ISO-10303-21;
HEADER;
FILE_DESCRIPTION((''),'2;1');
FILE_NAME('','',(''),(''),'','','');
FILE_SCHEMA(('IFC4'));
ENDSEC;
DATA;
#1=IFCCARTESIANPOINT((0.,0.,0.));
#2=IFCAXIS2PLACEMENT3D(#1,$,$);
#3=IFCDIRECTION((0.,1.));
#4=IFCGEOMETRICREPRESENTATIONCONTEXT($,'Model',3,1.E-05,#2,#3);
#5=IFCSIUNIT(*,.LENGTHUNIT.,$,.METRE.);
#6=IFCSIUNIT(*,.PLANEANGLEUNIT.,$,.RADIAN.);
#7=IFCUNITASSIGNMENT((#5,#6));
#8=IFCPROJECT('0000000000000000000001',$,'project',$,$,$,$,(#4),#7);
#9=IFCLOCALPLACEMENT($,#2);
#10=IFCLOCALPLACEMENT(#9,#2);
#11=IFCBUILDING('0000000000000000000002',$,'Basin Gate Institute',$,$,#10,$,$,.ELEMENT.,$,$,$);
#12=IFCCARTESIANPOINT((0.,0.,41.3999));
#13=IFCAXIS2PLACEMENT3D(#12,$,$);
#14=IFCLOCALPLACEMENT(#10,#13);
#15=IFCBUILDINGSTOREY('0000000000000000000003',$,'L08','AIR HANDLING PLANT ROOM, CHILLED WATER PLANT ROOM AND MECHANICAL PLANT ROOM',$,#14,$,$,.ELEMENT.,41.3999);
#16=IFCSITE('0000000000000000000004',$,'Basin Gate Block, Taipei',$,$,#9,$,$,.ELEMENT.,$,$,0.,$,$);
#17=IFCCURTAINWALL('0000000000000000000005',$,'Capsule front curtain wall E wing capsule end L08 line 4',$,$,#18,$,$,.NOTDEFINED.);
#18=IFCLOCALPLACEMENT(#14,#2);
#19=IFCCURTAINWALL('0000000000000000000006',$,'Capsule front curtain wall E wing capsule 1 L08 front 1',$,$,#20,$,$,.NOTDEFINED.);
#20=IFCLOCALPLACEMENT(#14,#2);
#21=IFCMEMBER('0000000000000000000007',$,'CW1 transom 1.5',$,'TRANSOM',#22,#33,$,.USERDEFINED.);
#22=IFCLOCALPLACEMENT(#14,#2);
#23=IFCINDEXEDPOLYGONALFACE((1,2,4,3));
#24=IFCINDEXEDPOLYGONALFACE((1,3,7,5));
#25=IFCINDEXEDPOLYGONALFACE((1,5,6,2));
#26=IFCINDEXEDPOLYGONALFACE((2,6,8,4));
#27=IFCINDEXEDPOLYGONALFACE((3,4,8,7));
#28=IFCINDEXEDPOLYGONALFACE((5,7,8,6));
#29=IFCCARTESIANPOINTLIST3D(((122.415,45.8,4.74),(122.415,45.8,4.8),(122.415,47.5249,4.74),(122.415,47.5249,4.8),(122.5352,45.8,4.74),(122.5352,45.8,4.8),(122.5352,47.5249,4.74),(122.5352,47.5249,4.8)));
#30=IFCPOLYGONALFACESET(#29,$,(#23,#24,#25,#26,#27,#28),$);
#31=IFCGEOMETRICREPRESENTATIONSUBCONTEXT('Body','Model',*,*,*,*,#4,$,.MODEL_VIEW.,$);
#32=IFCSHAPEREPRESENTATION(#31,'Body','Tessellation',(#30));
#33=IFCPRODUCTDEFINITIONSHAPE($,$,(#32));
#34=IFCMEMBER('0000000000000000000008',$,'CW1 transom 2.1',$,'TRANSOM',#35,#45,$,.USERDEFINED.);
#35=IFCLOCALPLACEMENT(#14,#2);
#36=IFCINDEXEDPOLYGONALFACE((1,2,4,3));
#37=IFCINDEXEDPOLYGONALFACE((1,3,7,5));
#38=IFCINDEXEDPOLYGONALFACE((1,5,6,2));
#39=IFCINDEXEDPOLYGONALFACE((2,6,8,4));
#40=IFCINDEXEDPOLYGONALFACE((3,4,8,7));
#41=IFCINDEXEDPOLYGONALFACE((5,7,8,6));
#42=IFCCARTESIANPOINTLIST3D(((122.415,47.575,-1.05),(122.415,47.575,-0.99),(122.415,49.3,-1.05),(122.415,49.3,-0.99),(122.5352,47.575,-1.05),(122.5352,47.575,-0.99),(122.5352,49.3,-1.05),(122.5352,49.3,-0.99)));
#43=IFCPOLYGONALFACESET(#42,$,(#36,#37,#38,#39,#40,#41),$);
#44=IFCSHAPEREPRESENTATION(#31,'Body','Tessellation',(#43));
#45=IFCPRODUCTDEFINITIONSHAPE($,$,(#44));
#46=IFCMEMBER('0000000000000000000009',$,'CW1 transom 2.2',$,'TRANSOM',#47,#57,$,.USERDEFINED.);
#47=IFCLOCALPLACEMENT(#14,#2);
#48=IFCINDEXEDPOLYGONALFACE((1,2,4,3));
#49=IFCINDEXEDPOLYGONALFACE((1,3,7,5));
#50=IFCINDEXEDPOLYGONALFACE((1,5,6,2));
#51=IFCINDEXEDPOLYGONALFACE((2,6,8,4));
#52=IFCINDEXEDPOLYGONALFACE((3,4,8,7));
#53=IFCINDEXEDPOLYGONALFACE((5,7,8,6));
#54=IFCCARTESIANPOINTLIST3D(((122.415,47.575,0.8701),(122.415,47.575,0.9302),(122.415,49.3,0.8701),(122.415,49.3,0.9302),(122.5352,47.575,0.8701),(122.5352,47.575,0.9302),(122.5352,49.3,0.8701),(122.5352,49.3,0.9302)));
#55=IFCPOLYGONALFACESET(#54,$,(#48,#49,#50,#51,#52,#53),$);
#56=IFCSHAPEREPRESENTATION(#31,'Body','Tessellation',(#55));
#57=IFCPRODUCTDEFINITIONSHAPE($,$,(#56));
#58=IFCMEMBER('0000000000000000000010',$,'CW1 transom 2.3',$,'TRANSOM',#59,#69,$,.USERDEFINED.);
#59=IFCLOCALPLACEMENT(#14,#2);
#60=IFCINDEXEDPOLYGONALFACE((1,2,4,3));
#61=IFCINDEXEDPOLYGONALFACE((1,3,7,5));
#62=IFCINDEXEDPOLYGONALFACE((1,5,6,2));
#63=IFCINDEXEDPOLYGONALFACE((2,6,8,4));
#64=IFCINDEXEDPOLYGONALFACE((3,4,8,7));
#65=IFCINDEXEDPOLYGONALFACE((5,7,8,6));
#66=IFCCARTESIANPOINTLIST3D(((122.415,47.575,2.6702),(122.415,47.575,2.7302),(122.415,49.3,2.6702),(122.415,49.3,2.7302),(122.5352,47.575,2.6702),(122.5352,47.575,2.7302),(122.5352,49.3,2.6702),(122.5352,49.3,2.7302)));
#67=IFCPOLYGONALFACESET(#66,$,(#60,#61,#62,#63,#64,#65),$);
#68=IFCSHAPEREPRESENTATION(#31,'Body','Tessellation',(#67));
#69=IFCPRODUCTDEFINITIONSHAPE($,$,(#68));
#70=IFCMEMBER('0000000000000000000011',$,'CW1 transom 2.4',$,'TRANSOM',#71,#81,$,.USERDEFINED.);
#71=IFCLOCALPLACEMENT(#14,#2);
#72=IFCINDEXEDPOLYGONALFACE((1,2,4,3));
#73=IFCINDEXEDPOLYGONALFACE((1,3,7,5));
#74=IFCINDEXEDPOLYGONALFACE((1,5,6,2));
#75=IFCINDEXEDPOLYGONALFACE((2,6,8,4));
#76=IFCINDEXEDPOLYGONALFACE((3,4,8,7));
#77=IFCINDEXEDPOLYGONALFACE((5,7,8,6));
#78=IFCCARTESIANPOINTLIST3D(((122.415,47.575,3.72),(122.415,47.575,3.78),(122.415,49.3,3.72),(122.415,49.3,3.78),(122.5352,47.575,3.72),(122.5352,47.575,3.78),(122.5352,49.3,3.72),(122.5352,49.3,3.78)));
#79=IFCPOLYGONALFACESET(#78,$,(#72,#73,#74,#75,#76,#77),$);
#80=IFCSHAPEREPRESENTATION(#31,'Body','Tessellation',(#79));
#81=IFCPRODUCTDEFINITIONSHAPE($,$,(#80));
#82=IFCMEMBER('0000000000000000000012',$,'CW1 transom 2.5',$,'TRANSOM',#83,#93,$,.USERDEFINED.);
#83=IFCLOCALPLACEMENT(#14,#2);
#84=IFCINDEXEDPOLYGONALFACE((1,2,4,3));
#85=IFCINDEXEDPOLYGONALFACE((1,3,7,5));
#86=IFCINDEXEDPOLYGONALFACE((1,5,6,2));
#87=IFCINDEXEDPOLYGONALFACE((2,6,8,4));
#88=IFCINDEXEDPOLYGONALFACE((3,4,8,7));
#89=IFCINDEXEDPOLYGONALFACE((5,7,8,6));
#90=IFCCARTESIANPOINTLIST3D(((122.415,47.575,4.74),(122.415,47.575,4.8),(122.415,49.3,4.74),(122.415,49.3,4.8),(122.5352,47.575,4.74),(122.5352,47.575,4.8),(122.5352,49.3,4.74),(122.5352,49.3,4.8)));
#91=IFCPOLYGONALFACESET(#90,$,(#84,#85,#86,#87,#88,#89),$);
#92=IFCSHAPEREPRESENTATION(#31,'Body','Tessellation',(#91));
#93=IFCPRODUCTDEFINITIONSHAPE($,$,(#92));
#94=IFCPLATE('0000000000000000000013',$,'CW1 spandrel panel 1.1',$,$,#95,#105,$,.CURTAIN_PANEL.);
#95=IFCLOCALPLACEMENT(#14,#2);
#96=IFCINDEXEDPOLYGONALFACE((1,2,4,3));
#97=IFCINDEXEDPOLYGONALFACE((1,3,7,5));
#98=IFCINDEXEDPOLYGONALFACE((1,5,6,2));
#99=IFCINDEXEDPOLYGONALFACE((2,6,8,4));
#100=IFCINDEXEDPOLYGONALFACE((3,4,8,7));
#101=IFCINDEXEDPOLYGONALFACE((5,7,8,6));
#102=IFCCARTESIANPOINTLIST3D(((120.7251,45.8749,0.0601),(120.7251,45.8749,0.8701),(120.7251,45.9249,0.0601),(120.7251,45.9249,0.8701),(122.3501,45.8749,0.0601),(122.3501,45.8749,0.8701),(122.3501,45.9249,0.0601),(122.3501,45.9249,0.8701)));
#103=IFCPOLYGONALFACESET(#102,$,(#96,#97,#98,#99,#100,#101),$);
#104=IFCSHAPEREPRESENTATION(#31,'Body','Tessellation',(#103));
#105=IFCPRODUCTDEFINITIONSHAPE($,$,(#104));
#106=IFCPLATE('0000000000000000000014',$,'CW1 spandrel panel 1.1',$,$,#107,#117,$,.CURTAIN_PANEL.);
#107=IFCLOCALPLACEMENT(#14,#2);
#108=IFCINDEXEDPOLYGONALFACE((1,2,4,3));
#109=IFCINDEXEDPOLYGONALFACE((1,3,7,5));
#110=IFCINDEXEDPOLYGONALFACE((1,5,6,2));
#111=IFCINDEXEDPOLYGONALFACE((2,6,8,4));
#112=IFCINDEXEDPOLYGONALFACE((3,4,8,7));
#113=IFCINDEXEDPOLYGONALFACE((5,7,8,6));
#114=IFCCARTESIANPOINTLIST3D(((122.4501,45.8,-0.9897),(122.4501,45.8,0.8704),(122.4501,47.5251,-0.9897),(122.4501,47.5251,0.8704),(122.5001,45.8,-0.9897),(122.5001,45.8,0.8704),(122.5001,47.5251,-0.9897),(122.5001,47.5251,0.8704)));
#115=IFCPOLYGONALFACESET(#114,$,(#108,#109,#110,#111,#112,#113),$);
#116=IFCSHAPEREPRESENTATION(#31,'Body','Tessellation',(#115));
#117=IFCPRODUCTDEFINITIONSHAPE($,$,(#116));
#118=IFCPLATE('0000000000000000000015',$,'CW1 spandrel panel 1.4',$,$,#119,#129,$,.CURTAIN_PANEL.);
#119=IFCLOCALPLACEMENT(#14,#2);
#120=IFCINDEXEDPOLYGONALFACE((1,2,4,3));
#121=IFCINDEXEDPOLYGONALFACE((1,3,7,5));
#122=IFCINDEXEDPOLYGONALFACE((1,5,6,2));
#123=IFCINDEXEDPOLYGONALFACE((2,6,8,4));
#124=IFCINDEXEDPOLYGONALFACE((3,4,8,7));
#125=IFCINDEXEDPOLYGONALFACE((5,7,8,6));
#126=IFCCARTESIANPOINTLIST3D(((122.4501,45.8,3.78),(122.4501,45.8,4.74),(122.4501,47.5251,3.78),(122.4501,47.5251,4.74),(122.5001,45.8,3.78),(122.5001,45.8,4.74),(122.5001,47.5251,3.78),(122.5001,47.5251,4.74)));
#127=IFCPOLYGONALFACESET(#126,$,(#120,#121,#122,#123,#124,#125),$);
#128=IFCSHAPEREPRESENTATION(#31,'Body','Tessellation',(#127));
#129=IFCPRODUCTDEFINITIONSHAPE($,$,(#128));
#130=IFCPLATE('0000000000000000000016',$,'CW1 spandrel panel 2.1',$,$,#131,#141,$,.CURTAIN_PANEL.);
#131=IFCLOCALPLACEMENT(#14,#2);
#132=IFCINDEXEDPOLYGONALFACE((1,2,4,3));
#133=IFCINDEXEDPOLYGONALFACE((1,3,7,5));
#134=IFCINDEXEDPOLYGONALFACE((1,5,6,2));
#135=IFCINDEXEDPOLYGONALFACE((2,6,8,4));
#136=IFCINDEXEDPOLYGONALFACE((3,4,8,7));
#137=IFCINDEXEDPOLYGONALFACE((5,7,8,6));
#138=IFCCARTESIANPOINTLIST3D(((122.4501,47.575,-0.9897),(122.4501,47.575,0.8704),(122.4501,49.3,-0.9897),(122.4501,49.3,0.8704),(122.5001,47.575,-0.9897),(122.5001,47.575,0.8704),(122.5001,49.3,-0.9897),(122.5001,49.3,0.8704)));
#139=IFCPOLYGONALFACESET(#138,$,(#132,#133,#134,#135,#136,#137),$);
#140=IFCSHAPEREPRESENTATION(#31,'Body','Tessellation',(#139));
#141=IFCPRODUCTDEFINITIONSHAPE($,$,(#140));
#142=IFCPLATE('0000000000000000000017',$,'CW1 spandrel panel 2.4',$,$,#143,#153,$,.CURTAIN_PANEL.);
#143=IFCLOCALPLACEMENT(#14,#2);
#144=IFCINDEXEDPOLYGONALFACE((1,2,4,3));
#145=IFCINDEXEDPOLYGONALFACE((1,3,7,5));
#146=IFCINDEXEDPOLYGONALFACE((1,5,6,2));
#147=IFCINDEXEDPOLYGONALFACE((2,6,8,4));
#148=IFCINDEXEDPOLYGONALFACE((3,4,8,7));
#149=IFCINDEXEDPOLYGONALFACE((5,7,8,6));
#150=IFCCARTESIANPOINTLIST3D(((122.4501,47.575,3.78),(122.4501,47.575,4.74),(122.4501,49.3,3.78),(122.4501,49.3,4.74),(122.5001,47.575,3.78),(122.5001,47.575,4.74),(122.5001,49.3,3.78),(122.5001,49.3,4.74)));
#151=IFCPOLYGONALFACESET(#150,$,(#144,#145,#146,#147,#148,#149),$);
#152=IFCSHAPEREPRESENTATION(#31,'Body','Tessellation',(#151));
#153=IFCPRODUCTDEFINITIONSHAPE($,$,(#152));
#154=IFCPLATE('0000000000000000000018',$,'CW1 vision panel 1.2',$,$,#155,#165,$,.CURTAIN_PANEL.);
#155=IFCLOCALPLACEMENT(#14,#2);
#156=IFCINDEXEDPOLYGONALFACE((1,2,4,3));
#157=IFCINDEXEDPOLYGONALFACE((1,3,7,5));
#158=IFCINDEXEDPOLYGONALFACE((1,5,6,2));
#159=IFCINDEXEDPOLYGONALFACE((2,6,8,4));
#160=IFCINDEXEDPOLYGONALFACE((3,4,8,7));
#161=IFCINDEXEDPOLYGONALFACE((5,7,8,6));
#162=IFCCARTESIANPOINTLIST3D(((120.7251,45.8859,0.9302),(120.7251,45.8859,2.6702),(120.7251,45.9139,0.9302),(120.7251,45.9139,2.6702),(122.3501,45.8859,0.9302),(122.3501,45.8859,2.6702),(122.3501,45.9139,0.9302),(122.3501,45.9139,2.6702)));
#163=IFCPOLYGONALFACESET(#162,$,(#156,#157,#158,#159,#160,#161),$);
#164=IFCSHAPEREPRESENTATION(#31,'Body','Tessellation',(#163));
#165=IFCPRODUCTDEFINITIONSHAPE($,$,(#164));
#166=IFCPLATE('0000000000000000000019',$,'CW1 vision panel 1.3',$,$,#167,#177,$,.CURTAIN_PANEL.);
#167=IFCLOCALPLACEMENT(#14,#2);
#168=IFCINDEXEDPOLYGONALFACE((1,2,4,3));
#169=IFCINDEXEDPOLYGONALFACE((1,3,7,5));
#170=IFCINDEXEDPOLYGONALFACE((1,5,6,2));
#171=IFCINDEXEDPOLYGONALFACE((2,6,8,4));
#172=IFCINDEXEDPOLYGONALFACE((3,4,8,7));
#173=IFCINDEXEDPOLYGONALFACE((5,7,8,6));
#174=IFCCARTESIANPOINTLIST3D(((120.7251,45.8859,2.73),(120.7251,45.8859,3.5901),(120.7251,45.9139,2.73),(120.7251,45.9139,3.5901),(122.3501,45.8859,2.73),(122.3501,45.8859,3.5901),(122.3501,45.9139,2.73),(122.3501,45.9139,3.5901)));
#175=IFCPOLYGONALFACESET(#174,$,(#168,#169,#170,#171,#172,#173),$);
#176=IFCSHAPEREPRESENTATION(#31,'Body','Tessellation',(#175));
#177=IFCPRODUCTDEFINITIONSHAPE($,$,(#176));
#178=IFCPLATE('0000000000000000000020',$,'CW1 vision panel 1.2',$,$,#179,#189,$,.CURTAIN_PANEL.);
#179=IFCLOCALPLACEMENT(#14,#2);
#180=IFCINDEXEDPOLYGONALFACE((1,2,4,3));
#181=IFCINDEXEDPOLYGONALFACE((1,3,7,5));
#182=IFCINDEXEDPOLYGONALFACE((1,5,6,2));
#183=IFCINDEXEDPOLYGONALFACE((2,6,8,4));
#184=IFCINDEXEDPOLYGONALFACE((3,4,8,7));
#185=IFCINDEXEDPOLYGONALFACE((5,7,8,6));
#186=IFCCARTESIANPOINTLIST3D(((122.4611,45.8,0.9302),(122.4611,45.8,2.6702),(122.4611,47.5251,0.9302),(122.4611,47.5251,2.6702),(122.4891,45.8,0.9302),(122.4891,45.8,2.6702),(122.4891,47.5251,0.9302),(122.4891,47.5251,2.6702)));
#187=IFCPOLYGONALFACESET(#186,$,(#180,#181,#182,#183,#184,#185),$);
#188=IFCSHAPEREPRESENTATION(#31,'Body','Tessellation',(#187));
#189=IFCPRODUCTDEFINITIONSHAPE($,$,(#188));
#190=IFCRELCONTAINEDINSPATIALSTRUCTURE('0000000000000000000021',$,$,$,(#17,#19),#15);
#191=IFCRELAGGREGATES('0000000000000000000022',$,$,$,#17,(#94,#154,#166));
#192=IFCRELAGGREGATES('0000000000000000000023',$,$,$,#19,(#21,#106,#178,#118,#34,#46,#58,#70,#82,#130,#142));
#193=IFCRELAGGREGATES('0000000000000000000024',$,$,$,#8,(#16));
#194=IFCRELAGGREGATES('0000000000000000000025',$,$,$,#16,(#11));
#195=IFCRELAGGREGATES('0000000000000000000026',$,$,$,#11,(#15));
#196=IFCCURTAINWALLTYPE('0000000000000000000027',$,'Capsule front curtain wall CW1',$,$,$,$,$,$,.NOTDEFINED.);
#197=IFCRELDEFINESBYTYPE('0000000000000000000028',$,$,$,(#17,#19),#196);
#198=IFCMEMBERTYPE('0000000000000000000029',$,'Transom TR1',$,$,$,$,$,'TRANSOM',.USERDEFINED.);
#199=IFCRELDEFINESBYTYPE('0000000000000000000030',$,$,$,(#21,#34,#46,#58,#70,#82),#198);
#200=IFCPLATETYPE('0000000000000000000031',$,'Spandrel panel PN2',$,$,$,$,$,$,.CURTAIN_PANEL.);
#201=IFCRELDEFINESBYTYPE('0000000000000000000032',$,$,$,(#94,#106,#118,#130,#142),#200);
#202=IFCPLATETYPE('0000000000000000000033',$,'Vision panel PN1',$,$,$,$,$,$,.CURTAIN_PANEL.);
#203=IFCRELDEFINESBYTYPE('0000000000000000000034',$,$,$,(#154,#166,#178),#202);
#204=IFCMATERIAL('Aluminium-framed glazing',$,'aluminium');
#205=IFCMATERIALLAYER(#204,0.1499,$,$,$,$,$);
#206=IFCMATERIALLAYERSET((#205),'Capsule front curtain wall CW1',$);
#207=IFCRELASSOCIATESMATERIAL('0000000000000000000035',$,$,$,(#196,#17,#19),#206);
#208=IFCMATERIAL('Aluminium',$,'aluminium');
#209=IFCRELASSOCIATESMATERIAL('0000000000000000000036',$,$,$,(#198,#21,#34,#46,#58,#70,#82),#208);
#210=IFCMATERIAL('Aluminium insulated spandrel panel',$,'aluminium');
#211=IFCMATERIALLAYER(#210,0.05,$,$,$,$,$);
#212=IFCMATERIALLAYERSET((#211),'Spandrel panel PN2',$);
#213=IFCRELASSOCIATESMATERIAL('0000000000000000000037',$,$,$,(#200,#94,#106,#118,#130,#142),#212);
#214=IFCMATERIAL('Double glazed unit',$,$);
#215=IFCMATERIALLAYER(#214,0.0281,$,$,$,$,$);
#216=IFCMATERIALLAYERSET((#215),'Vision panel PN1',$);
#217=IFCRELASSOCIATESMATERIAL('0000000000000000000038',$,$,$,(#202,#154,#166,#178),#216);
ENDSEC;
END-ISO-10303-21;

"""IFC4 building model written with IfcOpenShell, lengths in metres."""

from ifc_helpers import new_model, si_unit, direction, frame, origin, origin_2d, place, context, subcontext, project, spatial, rectangle, extrude, material, layer, layer_set, material_profile, profile_set, type_object, element, aggregate, save


model = new_model("IFC4")

# Units and contexts
model_context = context("Model", 3, precision=1e-05, world=origin(), true_north=direction((0.0, 1.0)))
body_context = subcontext(model_context, "Body", "Model", "MODEL_VIEW")
ifc_project = project(units=[si_unit("LENGTHUNIT", "METRE"), si_unit("PLANEANGLEUNIT", "RADIAN")], contexts=[model_context])

# Site, building, storey
site_placement = place(None, origin())
site = spatial("IfcSite", under=ifc_project, at=site_placement, Name="Basin Gate Block, Taipei", CompositionType="ELEMENT", RefElevation=0.0)
building_placement = place(site_placement, origin())
building = spatial("IfcBuilding", under=site, at=building_placement, Name="Basin Gate Institute", CompositionType="ELEMENT")
storey_placement = place(building_placement, frame((0.0, 0.0, 41.3999)))
storey = spatial("IfcBuildingStorey", under=building, at=storey_placement, Name="L08", Description="AIR HANDLING PLANT ROOM, CHILLED WATER PLANT ROOM AND MECHANICAL PLANT ROOM", CompositionType="ELEMENT", Elevation=41.3999)

# Curtain wall
ifc_material_1 = material(Name="Aluminium-framed glazing", Category="aluminium")
ifc_layer_1 = layer(ifc_material_1, 0.1499)
ifc_layer_set_1 = layer_set([ifc_layer_1], Name="Capsule front curtain wall CW1")
curtain_wall_type = type_object("IfcCurtainWallType", Name="Capsule front curtain wall CW1", PredefinedType="NOTDEFINED", material=ifc_layer_set_1)
curtain_wall_1_placement = place(storey_placement, origin())
curtain_wall_1 = element("IfcCurtainWall", 1, at=curtain_wall_1_placement, inside=storey, type_object=curtain_wall_type, material=ifc_layer_set_1, Name="Capsule front curtain wall E wing capsule end L08 line 4", PredefinedType="NOTDEFINED")

# Curtain wall
curtain_wall_2_placement = place(storey_placement, origin())
curtain_wall_2 = element("IfcCurtainWall", 2, at=curtain_wall_2_placement, inside=storey, type_object=curtain_wall_type, material=ifc_layer_set_1, Name="Capsule front curtain wall E wing capsule 1 L08 front 1", PredefinedType="NOTDEFINED")

# Members
ifc_material_2 = material(Name="Aluminium", Category="aluminium")
ifc_material_profile_1 = material_profile(ifc_material_2, rectangle(XDim=0.1201, YDim=0.0601, at=origin_2d()), Name="Transom TR1 120 x 60")
ifc_profile_set_1 = profile_set([ifc_material_profile_1], Name="Aluminium")
member_type_1 = type_object("IfcMemberType", Name="Transom TR1", ElementType="TRANSOM", PredefinedType="USERDEFINED", material=ifc_profile_set_1)
member_1_placement = place(storey_placement, frame((122.4751, 45.8, 4.77), z_axis=(0.0, 1.0, 0.0), x_axis=(-1.0, 0.0, 0.0)))
member_1 = element("IfcMember", 3, at=member_1_placement, type_object=member_type_1, material=ifc_profile_set_1, Name="CW1 transom 1.5", ObjectType="TRANSOM", PredefinedType="USERDEFINED", context=body_context, shape_type="SweptSolid", body=[
    extrude(rectangle(XDim=0.1201, YDim=0.0601, at=origin_2d()), origin(), (0.0, 0.0, 1.0), 1.7249),
])
member_2_placement = place(storey_placement, frame((122.4751, 47.575, -1.02), z_axis=(0.0, 1.0, 0.0), x_axis=(-1.0, 0.0, 0.0)))
member_2 = element("IfcMember", 4, at=member_2_placement, type_object=member_type_1, material=ifc_profile_set_1, Name="CW1 transom 2.1", ObjectType="TRANSOM", PredefinedType="USERDEFINED", context=body_context, shape_type="SweptSolid", body=[
    extrude(rectangle(XDim=0.1201, YDim=0.0601, at=origin_2d()), origin(), (0.0, 0.0, 1.0), 1.7251),
])
member_3_placement = place(storey_placement, frame((122.4751, 47.575, 0.9001), z_axis=(0.0, 1.0, 0.0), x_axis=(-1.0, 0.0, 0.0)))
member_3 = element("IfcMember", 5, at=member_3_placement, type_object=member_type_1, material=ifc_profile_set_1, Name="CW1 transom 2.2", ObjectType="TRANSOM", PredefinedType="USERDEFINED", context=body_context, shape_type="SweptSolid", body=[
    extrude(rectangle(XDim=0.1201, YDim=0.0601, at=origin_2d()), origin(), (0.0, 0.0, 1.0), 1.7251),
])
member_4_placement = place(storey_placement, frame((122.4751, 47.575, 2.7002), z_axis=(0.0, 1.0, 0.0), x_axis=(-1.0, 0.0, 0.0)))
member_4 = element("IfcMember", 6, at=member_4_placement, type_object=member_type_1, material=ifc_profile_set_1, Name="CW1 transom 2.3", ObjectType="TRANSOM", PredefinedType="USERDEFINED", context=body_context, shape_type="SweptSolid", body=[
    extrude(rectangle(XDim=0.1201, YDim=0.0601, at=origin_2d()), origin(), (0.0, 0.0, 1.0), 1.7251),
])
member_5_placement = place(storey_placement, frame((122.4751, 47.575, 3.75), z_axis=(0.0, 1.0, 0.0), x_axis=(-1.0, 0.0, 0.0)))
member_5 = element("IfcMember", 7, at=member_5_placement, type_object=member_type_1, material=ifc_profile_set_1, Name="CW1 transom 2.4", ObjectType="TRANSOM", PredefinedType="USERDEFINED", context=body_context, shape_type="SweptSolid", body=[
    extrude(rectangle(XDim=0.1201, YDim=0.0601, at=origin_2d()), origin(), (0.0, 0.0, 1.0), 1.7251),
])
member_6_placement = place(storey_placement, frame((122.4751, 47.575, 4.77), z_axis=(0.0, 1.0, 0.0), x_axis=(-1.0, 0.0, 0.0)))
member_6 = element("IfcMember", 8, at=member_6_placement, type_object=member_type_1, material=ifc_profile_set_1, Name="CW1 transom 2.5", ObjectType="TRANSOM", PredefinedType="USERDEFINED", context=body_context, shape_type="SweptSolid", body=[
    extrude(rectangle(XDim=0.1201, YDim=0.0601, at=origin_2d()), origin(), (0.0, 0.0, 1.0), 1.7251),
])

# Plates
ifc_material_3 = material(Name="Aluminium insulated spandrel panel", Category="aluminium")
ifc_layer_2 = layer(ifc_material_3, 0.05)
ifc_layer_set_2 = layer_set([ifc_layer_2], Name="Spandrel panel PN2")
plate_type_1 = type_object("IfcPlateType", Name="Spandrel panel PN2", PredefinedType="CURTAIN_PANEL", material=ifc_layer_set_2)
plate_1_placement = place(storey_placement, frame((121.5376, 45.8999, 0.0601), z_axis=(0.0, 0.0, 1.0), x_axis=(-1.0, 0.0, 0.0)))
plate_1 = element("IfcPlate", 9, at=plate_1_placement, type_object=plate_type_1, material=ifc_layer_set_2, Name="CW1 spandrel panel 1.1", PredefinedType="CURTAIN_PANEL", context=body_context, shape_type="SweptSolid", body=[
    extrude(rectangle(XDim=1.625, YDim=0.05, at=origin_2d()), origin(), (0.0, 0.0, 1.0), 0.8101),
])
plate_2_placement = place(storey_placement, frame((122.4751, 46.6626, -0.9897), z_axis=(0.0, 0.0, 1.0), x_axis=(0.0, 1.0, 0.0)))
plate_2 = element("IfcPlate", 10, at=plate_2_placement, type_object=plate_type_1, material=ifc_layer_set_2, Name="CW1 spandrel panel 1.1", PredefinedType="CURTAIN_PANEL", context=body_context, shape_type="SweptSolid", body=[
    extrude(rectangle(XDim=1.7251, YDim=0.05, at=origin_2d()), origin(), (0.0, 0.0, 1.0), 1.8601),
])
plate_3_placement = place(storey_placement, frame((122.4751, 46.6626, 3.78), z_axis=(0.0, 0.0, 1.0), x_axis=(0.0, 1.0, 0.0)))
plate_3 = element("IfcPlate", 11, at=plate_3_placement, type_object=plate_type_1, material=ifc_layer_set_2, Name="CW1 spandrel panel 1.4", PredefinedType="CURTAIN_PANEL", context=body_context, shape_type="SweptSolid", body=[
    extrude(rectangle(XDim=1.7251, YDim=0.05, at=origin_2d()), origin(), (0.0, 0.0, 1.0), 0.96),
])
plate_4_placement = place(storey_placement, frame((122.4751, 48.4375, -0.9897), z_axis=(0.0, 0.0, 1.0), x_axis=(0.0, 1.0, 0.0)))
plate_4 = element("IfcPlate", 12, at=plate_4_placement, type_object=plate_type_1, material=ifc_layer_set_2, Name="CW1 spandrel panel 2.1", PredefinedType="CURTAIN_PANEL", context=body_context, shape_type="SweptSolid", body=[
    extrude(rectangle(XDim=1.7251, YDim=0.05, at=origin_2d()), origin(), (0.0, 0.0, 1.0), 1.8601),
])
plate_5_placement = place(storey_placement, frame((122.4751, 48.4375, 3.78), z_axis=(0.0, 0.0, 1.0), x_axis=(0.0, 1.0, 0.0)))
plate_5 = element("IfcPlate", 13, at=plate_5_placement, type_object=plate_type_1, material=ifc_layer_set_2, Name="CW1 spandrel panel 2.4", PredefinedType="CURTAIN_PANEL", context=body_context, shape_type="SweptSolid", body=[
    extrude(rectangle(XDim=1.7251, YDim=0.05, at=origin_2d()), origin(), (0.0, 0.0, 1.0), 0.96),
])
ifc_material_4 = material(Name="Double glazed unit")
ifc_layer_3 = layer(ifc_material_4, 0.0281)
ifc_layer_set_3 = layer_set([ifc_layer_3], Name="Vision panel PN1")
plate_type_2 = type_object("IfcPlateType", Name="Vision panel PN1", PredefinedType="CURTAIN_PANEL", material=ifc_layer_set_3)
plate_6_placement = place(storey_placement, frame((121.5376, 45.8999, 0.9302), z_axis=(0.0, 0.0, 1.0), x_axis=(-1.0, 0.0, 0.0)))
plate_6 = element("IfcPlate", 14, at=plate_6_placement, type_object=plate_type_2, material=ifc_layer_set_3, Name="CW1 vision panel 1.2", PredefinedType="CURTAIN_PANEL", context=body_context, shape_type="SweptSolid", body=[
    extrude(rectangle(XDim=1.625, YDim=0.0281, at=origin_2d()), origin(), (0.0, 0.0, 1.0), 1.74),
])
plate_7_placement = place(storey_placement, frame((121.5376, 45.8999, 2.73), z_axis=(0.0, 0.0, 1.0), x_axis=(-1.0, 0.0, 0.0)))
plate_7 = element("IfcPlate", 15, at=plate_7_placement, type_object=plate_type_2, material=ifc_layer_set_3, Name="CW1 vision panel 1.3", PredefinedType="CURTAIN_PANEL", context=body_context, shape_type="SweptSolid", body=[
    extrude(rectangle(XDim=1.625, YDim=0.0281, at=origin_2d()), origin(), (0.0, 0.0, 1.0), 0.8601),
])
aggregate(curtain_wall_1, [plate_1, plate_6, plate_7])
plate_8_placement = place(storey_placement, frame((122.4751, 46.6626, 0.9302), z_axis=(0.0, 0.0, 1.0), x_axis=(0.0, 1.0, 0.0)))
plate_8 = element("IfcPlate", 16, at=plate_8_placement, type_object=plate_type_2, material=ifc_layer_set_3, Name="CW1 vision panel 1.2", PredefinedType="CURTAIN_PANEL", context=body_context, shape_type="SweptSolid", body=[
    extrude(rectangle(XDim=1.7251, YDim=0.0281, at=origin_2d()), origin(), (0.0, 0.0, 1.0), 1.74),
])
aggregate(curtain_wall_2, [member_1, plate_2, plate_8, plate_3, member_2, member_3, member_4, member_5, member_6, plate_4, plate_5])

save(model, "model.ifc")
